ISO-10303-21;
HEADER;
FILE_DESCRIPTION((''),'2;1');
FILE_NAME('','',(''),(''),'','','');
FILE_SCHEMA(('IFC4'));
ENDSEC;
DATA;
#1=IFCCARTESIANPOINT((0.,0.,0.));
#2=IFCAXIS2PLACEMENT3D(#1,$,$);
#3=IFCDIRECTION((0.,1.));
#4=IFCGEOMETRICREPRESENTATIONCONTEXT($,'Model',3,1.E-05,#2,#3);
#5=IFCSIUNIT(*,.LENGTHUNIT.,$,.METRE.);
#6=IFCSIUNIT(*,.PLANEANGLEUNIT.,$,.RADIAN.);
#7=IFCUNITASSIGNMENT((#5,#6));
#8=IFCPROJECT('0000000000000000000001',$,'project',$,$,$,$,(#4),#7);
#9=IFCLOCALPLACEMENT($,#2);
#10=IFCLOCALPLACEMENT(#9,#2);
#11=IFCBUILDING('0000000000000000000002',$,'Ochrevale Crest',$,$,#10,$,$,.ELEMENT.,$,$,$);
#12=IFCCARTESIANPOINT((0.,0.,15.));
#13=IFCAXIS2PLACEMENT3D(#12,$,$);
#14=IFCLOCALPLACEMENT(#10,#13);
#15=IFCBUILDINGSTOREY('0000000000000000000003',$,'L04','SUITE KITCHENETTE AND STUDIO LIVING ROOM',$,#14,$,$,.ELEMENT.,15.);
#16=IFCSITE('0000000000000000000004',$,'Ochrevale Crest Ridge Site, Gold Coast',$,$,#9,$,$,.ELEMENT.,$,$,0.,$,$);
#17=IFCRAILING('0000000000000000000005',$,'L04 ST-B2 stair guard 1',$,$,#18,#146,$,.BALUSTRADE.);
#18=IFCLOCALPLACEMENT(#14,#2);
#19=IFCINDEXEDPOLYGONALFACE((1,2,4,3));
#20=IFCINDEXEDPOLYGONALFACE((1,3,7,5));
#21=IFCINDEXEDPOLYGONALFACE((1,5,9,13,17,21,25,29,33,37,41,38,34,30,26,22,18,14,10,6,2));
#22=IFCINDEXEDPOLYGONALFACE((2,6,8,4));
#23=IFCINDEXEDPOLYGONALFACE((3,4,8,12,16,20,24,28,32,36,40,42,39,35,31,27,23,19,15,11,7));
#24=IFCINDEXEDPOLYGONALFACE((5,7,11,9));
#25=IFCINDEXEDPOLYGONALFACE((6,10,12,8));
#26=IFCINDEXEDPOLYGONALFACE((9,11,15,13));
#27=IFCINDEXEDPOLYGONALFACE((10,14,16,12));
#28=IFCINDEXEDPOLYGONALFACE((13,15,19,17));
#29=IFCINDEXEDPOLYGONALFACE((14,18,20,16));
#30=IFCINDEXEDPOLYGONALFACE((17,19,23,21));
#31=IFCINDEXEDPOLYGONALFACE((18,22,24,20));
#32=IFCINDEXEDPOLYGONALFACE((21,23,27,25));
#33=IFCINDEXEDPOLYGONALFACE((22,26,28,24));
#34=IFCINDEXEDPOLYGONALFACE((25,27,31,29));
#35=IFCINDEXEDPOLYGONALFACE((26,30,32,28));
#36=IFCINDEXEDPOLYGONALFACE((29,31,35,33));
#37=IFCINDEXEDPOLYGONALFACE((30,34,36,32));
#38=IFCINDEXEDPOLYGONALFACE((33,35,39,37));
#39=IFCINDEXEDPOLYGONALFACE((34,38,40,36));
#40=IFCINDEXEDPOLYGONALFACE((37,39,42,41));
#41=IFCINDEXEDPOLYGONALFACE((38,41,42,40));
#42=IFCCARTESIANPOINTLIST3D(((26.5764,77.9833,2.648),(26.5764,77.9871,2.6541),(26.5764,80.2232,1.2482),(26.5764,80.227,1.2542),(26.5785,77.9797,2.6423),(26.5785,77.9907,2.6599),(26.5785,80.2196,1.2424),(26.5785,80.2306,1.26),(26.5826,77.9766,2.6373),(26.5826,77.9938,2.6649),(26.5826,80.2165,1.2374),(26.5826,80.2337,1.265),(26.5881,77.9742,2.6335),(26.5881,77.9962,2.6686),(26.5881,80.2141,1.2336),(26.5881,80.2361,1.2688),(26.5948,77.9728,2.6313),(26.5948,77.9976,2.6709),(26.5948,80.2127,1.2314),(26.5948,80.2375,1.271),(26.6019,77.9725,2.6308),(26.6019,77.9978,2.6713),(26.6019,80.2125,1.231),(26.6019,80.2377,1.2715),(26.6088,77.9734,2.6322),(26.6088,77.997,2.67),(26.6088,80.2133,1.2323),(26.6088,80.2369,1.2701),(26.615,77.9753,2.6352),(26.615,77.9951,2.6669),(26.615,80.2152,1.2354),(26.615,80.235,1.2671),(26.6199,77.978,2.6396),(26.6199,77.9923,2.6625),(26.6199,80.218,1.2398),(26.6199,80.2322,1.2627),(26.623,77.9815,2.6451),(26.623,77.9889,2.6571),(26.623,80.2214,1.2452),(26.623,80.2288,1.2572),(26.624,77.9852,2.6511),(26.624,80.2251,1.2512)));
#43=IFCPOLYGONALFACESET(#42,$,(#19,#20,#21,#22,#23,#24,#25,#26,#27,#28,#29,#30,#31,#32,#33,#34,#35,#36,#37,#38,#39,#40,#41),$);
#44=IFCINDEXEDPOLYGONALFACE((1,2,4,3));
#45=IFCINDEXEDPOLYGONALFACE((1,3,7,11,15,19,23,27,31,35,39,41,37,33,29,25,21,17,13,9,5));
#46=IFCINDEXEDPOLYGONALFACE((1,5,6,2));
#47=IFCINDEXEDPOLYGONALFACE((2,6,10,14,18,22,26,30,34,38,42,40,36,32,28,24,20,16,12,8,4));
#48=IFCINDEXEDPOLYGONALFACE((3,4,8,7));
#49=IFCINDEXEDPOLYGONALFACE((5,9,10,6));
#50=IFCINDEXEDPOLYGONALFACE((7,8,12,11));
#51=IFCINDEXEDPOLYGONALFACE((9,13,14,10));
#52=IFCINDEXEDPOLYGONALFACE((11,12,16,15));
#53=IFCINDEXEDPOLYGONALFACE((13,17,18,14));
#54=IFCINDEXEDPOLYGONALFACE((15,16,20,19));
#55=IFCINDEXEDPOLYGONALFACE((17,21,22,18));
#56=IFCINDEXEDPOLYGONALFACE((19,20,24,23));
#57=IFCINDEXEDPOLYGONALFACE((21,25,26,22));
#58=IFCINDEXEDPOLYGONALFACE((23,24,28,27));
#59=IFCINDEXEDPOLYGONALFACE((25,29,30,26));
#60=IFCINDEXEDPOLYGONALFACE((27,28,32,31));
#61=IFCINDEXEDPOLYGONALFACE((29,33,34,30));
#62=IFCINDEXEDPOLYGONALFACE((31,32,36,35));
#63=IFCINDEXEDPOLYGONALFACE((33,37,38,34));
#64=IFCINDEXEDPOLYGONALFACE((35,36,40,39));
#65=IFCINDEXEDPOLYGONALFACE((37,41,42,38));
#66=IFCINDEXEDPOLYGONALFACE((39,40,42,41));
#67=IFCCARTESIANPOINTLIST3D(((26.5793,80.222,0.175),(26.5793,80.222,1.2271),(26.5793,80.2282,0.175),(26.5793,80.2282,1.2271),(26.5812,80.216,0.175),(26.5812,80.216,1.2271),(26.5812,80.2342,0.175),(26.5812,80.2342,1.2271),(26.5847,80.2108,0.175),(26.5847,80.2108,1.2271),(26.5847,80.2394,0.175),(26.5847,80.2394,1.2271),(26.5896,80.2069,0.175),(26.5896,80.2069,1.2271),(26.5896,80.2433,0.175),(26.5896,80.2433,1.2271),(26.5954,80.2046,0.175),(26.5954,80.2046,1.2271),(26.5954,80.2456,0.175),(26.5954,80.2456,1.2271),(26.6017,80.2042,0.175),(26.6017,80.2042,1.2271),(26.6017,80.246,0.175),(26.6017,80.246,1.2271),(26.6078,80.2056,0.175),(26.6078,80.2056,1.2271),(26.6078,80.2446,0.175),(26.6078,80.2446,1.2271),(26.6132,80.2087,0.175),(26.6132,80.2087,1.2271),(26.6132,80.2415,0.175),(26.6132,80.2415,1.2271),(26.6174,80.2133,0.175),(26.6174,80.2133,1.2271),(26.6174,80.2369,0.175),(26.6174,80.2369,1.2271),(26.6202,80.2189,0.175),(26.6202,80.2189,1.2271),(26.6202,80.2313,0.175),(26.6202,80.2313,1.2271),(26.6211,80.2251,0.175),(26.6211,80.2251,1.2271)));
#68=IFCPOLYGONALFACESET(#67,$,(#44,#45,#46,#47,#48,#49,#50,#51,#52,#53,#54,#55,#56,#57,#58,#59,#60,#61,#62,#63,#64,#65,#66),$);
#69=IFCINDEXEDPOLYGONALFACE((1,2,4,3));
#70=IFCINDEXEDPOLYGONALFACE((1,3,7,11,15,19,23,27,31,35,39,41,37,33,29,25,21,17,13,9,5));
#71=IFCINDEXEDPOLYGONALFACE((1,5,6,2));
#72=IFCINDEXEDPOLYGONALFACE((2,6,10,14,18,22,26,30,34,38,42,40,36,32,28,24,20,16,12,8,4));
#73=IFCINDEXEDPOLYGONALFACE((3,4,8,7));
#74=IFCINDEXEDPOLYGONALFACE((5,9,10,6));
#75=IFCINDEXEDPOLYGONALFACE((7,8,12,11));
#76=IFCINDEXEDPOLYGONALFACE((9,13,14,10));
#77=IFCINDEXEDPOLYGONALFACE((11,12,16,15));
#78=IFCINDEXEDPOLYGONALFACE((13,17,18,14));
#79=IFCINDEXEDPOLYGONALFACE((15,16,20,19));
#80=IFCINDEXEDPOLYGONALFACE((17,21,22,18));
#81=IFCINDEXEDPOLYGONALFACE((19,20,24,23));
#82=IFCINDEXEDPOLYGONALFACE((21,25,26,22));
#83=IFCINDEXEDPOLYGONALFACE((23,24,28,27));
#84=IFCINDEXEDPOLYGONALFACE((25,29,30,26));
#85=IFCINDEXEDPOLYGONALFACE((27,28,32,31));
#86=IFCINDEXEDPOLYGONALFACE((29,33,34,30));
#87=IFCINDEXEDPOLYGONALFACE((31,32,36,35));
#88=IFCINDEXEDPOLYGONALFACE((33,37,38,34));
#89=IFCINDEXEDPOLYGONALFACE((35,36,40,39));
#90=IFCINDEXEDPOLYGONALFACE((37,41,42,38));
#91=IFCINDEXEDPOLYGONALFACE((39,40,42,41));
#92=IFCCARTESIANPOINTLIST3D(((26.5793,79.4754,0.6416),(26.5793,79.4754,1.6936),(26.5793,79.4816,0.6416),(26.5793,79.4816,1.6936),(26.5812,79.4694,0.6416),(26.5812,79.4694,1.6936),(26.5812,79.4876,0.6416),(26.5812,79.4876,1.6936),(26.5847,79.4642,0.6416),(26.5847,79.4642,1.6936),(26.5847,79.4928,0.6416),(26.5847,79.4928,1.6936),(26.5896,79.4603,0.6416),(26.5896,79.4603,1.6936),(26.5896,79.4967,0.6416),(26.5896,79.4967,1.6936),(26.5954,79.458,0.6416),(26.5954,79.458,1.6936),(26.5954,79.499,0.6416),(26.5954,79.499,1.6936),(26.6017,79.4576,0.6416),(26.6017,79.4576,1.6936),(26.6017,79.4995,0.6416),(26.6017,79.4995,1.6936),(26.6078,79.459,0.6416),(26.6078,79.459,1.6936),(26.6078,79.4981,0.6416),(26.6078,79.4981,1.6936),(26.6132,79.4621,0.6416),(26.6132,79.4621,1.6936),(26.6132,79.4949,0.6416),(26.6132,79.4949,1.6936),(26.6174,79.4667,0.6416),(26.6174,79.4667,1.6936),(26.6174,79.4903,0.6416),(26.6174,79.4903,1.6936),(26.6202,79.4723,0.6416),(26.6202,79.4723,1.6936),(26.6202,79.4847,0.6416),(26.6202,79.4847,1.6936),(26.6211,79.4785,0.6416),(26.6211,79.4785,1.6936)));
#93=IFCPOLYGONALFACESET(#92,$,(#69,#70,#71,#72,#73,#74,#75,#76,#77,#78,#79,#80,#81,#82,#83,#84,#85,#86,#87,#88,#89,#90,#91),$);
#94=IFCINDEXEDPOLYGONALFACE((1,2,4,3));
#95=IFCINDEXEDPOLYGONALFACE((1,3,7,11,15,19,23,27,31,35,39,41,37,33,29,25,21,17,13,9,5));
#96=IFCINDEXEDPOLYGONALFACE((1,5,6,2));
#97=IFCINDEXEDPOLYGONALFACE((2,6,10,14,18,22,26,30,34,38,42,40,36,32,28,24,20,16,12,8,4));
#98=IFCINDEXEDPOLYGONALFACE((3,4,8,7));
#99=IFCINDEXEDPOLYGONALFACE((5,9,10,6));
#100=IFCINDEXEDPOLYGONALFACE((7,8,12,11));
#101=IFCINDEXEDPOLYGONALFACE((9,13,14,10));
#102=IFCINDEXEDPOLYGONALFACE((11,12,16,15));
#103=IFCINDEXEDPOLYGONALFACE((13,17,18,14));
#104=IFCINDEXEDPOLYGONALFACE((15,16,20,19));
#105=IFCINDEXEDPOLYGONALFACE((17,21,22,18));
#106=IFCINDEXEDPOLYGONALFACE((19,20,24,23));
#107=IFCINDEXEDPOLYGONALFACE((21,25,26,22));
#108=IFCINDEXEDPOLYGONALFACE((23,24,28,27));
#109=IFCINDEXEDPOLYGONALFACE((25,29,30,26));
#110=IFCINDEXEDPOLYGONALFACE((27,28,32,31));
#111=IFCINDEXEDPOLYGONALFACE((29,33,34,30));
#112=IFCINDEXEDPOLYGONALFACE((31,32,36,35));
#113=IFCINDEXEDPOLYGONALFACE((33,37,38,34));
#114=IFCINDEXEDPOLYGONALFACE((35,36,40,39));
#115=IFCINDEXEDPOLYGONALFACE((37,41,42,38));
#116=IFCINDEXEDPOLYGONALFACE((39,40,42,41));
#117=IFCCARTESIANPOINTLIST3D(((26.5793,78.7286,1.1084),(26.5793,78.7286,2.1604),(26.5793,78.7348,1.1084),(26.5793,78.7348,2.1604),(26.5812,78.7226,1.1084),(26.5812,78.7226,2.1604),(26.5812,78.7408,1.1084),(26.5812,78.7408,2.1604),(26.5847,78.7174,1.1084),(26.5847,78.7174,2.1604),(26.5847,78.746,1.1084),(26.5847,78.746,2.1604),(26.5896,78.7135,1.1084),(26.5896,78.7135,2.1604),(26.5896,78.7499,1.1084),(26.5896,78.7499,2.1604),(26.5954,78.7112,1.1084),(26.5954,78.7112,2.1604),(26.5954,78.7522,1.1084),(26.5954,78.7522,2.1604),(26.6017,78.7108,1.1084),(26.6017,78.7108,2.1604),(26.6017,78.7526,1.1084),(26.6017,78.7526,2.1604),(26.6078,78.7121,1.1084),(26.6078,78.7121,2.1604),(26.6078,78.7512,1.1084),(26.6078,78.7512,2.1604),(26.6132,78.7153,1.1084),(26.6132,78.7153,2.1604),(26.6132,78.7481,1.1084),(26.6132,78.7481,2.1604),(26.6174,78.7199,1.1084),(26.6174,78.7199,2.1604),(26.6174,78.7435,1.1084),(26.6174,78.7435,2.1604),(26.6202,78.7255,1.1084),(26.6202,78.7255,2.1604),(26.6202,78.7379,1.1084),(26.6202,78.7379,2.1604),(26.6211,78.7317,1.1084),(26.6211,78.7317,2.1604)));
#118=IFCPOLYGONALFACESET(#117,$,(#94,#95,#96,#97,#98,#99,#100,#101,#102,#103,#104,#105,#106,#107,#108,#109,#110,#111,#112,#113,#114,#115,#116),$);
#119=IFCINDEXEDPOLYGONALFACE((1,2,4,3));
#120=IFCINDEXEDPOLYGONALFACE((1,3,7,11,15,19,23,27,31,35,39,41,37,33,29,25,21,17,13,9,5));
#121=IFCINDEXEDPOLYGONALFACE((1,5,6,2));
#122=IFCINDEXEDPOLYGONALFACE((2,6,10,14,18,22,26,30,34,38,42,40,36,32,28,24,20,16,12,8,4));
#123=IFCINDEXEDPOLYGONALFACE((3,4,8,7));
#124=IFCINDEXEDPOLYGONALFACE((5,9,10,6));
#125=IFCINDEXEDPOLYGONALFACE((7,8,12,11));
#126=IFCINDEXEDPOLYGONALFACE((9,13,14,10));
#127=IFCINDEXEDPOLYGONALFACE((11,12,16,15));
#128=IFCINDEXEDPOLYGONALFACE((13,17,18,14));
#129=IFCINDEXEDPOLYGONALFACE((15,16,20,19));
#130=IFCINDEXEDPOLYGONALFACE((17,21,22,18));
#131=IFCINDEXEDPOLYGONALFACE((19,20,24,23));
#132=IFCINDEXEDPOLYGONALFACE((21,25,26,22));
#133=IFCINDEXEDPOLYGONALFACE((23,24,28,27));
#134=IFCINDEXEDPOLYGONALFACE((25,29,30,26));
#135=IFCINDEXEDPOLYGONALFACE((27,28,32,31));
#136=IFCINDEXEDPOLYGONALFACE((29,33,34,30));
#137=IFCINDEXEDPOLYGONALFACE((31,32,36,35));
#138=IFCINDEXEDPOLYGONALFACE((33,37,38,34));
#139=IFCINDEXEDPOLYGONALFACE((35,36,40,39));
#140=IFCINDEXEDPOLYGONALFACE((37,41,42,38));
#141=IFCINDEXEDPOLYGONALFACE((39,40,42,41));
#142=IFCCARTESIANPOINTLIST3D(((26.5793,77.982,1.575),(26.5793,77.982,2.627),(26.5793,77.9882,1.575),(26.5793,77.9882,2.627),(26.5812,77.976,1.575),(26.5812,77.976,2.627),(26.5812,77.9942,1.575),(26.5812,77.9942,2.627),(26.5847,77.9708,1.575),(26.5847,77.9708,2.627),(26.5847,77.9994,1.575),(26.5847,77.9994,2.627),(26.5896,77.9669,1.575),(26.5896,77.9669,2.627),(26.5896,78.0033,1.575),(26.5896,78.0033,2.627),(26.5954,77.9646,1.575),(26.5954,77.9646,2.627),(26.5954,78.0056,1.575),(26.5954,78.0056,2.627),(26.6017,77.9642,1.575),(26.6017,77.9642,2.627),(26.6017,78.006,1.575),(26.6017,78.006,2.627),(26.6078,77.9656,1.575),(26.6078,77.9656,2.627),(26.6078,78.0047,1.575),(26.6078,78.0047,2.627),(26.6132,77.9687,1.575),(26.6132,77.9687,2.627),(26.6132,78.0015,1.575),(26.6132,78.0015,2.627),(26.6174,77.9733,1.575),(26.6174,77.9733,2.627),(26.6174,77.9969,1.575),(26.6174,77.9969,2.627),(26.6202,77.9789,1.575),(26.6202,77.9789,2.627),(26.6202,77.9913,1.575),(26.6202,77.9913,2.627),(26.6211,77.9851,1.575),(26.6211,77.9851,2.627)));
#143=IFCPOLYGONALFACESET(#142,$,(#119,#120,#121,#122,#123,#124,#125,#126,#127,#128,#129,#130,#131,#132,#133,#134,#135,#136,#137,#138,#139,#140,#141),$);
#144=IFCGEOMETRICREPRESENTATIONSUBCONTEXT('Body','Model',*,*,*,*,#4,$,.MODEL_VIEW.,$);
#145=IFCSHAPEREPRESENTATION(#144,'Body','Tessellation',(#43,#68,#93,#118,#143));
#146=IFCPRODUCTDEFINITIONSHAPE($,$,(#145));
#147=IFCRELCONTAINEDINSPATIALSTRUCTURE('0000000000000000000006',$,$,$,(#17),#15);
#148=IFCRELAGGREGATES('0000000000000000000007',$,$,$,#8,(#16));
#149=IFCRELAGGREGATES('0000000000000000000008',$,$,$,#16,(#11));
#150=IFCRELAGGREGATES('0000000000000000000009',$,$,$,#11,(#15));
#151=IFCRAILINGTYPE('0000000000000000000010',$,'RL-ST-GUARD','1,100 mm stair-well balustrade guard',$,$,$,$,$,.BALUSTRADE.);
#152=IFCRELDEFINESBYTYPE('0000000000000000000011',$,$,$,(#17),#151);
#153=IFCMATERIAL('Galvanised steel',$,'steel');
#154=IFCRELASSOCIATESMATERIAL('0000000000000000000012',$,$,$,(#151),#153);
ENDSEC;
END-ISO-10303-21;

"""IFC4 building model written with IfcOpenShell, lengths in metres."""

from ifc_helpers import new_model, si_unit, direction, frame, origin, origin_2d, place, context, subcontext, project, spatial, circle, extrude, material, type_object, element, save


model = new_model("IFC4")

# Units and contexts
model_context = context("Model", 3, precision=1e-05, world=origin(), true_north=direction((0.0, 1.0)))
body_context = subcontext(model_context, "Body", "Model", "MODEL_VIEW")
ifc_project = project(units=[si_unit("LENGTHUNIT", "METRE"), si_unit("PLANEANGLEUNIT", "RADIAN")], contexts=[model_context])

# Site, building, storey
site_placement = place(None, origin())
site = spatial("IfcSite", under=ifc_project, at=site_placement, Name="Ochrevale Crest Ridge Site, Gold Coast", CompositionType="ELEMENT", RefElevation=0.0)
building_placement = place(site_placement, origin())
building = spatial("IfcBuilding", under=site, at=building_placement, Name="Ochrevale Crest", CompositionType="ELEMENT")
storey_placement = place(building_placement, frame((0.0, 0.0, 15.0)))
storey = spatial("IfcBuildingStorey", under=building, at=storey_placement, Name="L04", Description="SUITE KITCHENETTE AND STUDIO LIVING ROOM", CompositionType="ELEMENT", Elevation=15.0)

# Railing
ifc_material_1 = material(Name="Galvanised steel", Category="steel")
railing_type_1 = type_object("IfcRailingType", Name="RL-ST-GUARD", Description="1,100 mm stair-well balustrade guard", PredefinedType="BALUSTRADE", material=ifc_material_1)
railing_1_placement = place(storey_placement, frame((26.6001, 80.2251, 0.175)))
element("IfcRailing", 1, at=railing_1_placement, inside=storey, type_object=railing_type_1, Name="L04 ST-B2 stair guard 1", PredefinedType="BALUSTRADE", context=body_context, shape_type="SweptSolid", body=[
    extrude(circle(Radius=0.0239, at=origin_2d()), frame((0.0, 0.0, 1.0762), z_axis=(0.0, -0.848014, 0.529974), x_axis=(1.0, 0.0, 0.0)), (0.0, 0.0, 1.0), 2.6414),
    extrude(circle(Radius=0.021, at=origin_2d()), origin(), (0.0, 0.0, 1.0), 1.052),
    extrude(circle(Radius=0.021, at=origin_2d()), frame((0.0, -0.7466, 0.4666)), (0.0, 0.0, 1.0), 1.052),
    extrude(circle(Radius=0.021, at=origin_2d()), frame((0.0, -1.4934, 0.9333)), (0.0, 0.0, 1.0), 1.052),
    extrude(circle(Radius=0.021, at=origin_2d()), frame((0.0, -2.24, 1.3999)), (0.0, 0.0, 1.0), 1.052),
])

save(model, "model.ifc")
